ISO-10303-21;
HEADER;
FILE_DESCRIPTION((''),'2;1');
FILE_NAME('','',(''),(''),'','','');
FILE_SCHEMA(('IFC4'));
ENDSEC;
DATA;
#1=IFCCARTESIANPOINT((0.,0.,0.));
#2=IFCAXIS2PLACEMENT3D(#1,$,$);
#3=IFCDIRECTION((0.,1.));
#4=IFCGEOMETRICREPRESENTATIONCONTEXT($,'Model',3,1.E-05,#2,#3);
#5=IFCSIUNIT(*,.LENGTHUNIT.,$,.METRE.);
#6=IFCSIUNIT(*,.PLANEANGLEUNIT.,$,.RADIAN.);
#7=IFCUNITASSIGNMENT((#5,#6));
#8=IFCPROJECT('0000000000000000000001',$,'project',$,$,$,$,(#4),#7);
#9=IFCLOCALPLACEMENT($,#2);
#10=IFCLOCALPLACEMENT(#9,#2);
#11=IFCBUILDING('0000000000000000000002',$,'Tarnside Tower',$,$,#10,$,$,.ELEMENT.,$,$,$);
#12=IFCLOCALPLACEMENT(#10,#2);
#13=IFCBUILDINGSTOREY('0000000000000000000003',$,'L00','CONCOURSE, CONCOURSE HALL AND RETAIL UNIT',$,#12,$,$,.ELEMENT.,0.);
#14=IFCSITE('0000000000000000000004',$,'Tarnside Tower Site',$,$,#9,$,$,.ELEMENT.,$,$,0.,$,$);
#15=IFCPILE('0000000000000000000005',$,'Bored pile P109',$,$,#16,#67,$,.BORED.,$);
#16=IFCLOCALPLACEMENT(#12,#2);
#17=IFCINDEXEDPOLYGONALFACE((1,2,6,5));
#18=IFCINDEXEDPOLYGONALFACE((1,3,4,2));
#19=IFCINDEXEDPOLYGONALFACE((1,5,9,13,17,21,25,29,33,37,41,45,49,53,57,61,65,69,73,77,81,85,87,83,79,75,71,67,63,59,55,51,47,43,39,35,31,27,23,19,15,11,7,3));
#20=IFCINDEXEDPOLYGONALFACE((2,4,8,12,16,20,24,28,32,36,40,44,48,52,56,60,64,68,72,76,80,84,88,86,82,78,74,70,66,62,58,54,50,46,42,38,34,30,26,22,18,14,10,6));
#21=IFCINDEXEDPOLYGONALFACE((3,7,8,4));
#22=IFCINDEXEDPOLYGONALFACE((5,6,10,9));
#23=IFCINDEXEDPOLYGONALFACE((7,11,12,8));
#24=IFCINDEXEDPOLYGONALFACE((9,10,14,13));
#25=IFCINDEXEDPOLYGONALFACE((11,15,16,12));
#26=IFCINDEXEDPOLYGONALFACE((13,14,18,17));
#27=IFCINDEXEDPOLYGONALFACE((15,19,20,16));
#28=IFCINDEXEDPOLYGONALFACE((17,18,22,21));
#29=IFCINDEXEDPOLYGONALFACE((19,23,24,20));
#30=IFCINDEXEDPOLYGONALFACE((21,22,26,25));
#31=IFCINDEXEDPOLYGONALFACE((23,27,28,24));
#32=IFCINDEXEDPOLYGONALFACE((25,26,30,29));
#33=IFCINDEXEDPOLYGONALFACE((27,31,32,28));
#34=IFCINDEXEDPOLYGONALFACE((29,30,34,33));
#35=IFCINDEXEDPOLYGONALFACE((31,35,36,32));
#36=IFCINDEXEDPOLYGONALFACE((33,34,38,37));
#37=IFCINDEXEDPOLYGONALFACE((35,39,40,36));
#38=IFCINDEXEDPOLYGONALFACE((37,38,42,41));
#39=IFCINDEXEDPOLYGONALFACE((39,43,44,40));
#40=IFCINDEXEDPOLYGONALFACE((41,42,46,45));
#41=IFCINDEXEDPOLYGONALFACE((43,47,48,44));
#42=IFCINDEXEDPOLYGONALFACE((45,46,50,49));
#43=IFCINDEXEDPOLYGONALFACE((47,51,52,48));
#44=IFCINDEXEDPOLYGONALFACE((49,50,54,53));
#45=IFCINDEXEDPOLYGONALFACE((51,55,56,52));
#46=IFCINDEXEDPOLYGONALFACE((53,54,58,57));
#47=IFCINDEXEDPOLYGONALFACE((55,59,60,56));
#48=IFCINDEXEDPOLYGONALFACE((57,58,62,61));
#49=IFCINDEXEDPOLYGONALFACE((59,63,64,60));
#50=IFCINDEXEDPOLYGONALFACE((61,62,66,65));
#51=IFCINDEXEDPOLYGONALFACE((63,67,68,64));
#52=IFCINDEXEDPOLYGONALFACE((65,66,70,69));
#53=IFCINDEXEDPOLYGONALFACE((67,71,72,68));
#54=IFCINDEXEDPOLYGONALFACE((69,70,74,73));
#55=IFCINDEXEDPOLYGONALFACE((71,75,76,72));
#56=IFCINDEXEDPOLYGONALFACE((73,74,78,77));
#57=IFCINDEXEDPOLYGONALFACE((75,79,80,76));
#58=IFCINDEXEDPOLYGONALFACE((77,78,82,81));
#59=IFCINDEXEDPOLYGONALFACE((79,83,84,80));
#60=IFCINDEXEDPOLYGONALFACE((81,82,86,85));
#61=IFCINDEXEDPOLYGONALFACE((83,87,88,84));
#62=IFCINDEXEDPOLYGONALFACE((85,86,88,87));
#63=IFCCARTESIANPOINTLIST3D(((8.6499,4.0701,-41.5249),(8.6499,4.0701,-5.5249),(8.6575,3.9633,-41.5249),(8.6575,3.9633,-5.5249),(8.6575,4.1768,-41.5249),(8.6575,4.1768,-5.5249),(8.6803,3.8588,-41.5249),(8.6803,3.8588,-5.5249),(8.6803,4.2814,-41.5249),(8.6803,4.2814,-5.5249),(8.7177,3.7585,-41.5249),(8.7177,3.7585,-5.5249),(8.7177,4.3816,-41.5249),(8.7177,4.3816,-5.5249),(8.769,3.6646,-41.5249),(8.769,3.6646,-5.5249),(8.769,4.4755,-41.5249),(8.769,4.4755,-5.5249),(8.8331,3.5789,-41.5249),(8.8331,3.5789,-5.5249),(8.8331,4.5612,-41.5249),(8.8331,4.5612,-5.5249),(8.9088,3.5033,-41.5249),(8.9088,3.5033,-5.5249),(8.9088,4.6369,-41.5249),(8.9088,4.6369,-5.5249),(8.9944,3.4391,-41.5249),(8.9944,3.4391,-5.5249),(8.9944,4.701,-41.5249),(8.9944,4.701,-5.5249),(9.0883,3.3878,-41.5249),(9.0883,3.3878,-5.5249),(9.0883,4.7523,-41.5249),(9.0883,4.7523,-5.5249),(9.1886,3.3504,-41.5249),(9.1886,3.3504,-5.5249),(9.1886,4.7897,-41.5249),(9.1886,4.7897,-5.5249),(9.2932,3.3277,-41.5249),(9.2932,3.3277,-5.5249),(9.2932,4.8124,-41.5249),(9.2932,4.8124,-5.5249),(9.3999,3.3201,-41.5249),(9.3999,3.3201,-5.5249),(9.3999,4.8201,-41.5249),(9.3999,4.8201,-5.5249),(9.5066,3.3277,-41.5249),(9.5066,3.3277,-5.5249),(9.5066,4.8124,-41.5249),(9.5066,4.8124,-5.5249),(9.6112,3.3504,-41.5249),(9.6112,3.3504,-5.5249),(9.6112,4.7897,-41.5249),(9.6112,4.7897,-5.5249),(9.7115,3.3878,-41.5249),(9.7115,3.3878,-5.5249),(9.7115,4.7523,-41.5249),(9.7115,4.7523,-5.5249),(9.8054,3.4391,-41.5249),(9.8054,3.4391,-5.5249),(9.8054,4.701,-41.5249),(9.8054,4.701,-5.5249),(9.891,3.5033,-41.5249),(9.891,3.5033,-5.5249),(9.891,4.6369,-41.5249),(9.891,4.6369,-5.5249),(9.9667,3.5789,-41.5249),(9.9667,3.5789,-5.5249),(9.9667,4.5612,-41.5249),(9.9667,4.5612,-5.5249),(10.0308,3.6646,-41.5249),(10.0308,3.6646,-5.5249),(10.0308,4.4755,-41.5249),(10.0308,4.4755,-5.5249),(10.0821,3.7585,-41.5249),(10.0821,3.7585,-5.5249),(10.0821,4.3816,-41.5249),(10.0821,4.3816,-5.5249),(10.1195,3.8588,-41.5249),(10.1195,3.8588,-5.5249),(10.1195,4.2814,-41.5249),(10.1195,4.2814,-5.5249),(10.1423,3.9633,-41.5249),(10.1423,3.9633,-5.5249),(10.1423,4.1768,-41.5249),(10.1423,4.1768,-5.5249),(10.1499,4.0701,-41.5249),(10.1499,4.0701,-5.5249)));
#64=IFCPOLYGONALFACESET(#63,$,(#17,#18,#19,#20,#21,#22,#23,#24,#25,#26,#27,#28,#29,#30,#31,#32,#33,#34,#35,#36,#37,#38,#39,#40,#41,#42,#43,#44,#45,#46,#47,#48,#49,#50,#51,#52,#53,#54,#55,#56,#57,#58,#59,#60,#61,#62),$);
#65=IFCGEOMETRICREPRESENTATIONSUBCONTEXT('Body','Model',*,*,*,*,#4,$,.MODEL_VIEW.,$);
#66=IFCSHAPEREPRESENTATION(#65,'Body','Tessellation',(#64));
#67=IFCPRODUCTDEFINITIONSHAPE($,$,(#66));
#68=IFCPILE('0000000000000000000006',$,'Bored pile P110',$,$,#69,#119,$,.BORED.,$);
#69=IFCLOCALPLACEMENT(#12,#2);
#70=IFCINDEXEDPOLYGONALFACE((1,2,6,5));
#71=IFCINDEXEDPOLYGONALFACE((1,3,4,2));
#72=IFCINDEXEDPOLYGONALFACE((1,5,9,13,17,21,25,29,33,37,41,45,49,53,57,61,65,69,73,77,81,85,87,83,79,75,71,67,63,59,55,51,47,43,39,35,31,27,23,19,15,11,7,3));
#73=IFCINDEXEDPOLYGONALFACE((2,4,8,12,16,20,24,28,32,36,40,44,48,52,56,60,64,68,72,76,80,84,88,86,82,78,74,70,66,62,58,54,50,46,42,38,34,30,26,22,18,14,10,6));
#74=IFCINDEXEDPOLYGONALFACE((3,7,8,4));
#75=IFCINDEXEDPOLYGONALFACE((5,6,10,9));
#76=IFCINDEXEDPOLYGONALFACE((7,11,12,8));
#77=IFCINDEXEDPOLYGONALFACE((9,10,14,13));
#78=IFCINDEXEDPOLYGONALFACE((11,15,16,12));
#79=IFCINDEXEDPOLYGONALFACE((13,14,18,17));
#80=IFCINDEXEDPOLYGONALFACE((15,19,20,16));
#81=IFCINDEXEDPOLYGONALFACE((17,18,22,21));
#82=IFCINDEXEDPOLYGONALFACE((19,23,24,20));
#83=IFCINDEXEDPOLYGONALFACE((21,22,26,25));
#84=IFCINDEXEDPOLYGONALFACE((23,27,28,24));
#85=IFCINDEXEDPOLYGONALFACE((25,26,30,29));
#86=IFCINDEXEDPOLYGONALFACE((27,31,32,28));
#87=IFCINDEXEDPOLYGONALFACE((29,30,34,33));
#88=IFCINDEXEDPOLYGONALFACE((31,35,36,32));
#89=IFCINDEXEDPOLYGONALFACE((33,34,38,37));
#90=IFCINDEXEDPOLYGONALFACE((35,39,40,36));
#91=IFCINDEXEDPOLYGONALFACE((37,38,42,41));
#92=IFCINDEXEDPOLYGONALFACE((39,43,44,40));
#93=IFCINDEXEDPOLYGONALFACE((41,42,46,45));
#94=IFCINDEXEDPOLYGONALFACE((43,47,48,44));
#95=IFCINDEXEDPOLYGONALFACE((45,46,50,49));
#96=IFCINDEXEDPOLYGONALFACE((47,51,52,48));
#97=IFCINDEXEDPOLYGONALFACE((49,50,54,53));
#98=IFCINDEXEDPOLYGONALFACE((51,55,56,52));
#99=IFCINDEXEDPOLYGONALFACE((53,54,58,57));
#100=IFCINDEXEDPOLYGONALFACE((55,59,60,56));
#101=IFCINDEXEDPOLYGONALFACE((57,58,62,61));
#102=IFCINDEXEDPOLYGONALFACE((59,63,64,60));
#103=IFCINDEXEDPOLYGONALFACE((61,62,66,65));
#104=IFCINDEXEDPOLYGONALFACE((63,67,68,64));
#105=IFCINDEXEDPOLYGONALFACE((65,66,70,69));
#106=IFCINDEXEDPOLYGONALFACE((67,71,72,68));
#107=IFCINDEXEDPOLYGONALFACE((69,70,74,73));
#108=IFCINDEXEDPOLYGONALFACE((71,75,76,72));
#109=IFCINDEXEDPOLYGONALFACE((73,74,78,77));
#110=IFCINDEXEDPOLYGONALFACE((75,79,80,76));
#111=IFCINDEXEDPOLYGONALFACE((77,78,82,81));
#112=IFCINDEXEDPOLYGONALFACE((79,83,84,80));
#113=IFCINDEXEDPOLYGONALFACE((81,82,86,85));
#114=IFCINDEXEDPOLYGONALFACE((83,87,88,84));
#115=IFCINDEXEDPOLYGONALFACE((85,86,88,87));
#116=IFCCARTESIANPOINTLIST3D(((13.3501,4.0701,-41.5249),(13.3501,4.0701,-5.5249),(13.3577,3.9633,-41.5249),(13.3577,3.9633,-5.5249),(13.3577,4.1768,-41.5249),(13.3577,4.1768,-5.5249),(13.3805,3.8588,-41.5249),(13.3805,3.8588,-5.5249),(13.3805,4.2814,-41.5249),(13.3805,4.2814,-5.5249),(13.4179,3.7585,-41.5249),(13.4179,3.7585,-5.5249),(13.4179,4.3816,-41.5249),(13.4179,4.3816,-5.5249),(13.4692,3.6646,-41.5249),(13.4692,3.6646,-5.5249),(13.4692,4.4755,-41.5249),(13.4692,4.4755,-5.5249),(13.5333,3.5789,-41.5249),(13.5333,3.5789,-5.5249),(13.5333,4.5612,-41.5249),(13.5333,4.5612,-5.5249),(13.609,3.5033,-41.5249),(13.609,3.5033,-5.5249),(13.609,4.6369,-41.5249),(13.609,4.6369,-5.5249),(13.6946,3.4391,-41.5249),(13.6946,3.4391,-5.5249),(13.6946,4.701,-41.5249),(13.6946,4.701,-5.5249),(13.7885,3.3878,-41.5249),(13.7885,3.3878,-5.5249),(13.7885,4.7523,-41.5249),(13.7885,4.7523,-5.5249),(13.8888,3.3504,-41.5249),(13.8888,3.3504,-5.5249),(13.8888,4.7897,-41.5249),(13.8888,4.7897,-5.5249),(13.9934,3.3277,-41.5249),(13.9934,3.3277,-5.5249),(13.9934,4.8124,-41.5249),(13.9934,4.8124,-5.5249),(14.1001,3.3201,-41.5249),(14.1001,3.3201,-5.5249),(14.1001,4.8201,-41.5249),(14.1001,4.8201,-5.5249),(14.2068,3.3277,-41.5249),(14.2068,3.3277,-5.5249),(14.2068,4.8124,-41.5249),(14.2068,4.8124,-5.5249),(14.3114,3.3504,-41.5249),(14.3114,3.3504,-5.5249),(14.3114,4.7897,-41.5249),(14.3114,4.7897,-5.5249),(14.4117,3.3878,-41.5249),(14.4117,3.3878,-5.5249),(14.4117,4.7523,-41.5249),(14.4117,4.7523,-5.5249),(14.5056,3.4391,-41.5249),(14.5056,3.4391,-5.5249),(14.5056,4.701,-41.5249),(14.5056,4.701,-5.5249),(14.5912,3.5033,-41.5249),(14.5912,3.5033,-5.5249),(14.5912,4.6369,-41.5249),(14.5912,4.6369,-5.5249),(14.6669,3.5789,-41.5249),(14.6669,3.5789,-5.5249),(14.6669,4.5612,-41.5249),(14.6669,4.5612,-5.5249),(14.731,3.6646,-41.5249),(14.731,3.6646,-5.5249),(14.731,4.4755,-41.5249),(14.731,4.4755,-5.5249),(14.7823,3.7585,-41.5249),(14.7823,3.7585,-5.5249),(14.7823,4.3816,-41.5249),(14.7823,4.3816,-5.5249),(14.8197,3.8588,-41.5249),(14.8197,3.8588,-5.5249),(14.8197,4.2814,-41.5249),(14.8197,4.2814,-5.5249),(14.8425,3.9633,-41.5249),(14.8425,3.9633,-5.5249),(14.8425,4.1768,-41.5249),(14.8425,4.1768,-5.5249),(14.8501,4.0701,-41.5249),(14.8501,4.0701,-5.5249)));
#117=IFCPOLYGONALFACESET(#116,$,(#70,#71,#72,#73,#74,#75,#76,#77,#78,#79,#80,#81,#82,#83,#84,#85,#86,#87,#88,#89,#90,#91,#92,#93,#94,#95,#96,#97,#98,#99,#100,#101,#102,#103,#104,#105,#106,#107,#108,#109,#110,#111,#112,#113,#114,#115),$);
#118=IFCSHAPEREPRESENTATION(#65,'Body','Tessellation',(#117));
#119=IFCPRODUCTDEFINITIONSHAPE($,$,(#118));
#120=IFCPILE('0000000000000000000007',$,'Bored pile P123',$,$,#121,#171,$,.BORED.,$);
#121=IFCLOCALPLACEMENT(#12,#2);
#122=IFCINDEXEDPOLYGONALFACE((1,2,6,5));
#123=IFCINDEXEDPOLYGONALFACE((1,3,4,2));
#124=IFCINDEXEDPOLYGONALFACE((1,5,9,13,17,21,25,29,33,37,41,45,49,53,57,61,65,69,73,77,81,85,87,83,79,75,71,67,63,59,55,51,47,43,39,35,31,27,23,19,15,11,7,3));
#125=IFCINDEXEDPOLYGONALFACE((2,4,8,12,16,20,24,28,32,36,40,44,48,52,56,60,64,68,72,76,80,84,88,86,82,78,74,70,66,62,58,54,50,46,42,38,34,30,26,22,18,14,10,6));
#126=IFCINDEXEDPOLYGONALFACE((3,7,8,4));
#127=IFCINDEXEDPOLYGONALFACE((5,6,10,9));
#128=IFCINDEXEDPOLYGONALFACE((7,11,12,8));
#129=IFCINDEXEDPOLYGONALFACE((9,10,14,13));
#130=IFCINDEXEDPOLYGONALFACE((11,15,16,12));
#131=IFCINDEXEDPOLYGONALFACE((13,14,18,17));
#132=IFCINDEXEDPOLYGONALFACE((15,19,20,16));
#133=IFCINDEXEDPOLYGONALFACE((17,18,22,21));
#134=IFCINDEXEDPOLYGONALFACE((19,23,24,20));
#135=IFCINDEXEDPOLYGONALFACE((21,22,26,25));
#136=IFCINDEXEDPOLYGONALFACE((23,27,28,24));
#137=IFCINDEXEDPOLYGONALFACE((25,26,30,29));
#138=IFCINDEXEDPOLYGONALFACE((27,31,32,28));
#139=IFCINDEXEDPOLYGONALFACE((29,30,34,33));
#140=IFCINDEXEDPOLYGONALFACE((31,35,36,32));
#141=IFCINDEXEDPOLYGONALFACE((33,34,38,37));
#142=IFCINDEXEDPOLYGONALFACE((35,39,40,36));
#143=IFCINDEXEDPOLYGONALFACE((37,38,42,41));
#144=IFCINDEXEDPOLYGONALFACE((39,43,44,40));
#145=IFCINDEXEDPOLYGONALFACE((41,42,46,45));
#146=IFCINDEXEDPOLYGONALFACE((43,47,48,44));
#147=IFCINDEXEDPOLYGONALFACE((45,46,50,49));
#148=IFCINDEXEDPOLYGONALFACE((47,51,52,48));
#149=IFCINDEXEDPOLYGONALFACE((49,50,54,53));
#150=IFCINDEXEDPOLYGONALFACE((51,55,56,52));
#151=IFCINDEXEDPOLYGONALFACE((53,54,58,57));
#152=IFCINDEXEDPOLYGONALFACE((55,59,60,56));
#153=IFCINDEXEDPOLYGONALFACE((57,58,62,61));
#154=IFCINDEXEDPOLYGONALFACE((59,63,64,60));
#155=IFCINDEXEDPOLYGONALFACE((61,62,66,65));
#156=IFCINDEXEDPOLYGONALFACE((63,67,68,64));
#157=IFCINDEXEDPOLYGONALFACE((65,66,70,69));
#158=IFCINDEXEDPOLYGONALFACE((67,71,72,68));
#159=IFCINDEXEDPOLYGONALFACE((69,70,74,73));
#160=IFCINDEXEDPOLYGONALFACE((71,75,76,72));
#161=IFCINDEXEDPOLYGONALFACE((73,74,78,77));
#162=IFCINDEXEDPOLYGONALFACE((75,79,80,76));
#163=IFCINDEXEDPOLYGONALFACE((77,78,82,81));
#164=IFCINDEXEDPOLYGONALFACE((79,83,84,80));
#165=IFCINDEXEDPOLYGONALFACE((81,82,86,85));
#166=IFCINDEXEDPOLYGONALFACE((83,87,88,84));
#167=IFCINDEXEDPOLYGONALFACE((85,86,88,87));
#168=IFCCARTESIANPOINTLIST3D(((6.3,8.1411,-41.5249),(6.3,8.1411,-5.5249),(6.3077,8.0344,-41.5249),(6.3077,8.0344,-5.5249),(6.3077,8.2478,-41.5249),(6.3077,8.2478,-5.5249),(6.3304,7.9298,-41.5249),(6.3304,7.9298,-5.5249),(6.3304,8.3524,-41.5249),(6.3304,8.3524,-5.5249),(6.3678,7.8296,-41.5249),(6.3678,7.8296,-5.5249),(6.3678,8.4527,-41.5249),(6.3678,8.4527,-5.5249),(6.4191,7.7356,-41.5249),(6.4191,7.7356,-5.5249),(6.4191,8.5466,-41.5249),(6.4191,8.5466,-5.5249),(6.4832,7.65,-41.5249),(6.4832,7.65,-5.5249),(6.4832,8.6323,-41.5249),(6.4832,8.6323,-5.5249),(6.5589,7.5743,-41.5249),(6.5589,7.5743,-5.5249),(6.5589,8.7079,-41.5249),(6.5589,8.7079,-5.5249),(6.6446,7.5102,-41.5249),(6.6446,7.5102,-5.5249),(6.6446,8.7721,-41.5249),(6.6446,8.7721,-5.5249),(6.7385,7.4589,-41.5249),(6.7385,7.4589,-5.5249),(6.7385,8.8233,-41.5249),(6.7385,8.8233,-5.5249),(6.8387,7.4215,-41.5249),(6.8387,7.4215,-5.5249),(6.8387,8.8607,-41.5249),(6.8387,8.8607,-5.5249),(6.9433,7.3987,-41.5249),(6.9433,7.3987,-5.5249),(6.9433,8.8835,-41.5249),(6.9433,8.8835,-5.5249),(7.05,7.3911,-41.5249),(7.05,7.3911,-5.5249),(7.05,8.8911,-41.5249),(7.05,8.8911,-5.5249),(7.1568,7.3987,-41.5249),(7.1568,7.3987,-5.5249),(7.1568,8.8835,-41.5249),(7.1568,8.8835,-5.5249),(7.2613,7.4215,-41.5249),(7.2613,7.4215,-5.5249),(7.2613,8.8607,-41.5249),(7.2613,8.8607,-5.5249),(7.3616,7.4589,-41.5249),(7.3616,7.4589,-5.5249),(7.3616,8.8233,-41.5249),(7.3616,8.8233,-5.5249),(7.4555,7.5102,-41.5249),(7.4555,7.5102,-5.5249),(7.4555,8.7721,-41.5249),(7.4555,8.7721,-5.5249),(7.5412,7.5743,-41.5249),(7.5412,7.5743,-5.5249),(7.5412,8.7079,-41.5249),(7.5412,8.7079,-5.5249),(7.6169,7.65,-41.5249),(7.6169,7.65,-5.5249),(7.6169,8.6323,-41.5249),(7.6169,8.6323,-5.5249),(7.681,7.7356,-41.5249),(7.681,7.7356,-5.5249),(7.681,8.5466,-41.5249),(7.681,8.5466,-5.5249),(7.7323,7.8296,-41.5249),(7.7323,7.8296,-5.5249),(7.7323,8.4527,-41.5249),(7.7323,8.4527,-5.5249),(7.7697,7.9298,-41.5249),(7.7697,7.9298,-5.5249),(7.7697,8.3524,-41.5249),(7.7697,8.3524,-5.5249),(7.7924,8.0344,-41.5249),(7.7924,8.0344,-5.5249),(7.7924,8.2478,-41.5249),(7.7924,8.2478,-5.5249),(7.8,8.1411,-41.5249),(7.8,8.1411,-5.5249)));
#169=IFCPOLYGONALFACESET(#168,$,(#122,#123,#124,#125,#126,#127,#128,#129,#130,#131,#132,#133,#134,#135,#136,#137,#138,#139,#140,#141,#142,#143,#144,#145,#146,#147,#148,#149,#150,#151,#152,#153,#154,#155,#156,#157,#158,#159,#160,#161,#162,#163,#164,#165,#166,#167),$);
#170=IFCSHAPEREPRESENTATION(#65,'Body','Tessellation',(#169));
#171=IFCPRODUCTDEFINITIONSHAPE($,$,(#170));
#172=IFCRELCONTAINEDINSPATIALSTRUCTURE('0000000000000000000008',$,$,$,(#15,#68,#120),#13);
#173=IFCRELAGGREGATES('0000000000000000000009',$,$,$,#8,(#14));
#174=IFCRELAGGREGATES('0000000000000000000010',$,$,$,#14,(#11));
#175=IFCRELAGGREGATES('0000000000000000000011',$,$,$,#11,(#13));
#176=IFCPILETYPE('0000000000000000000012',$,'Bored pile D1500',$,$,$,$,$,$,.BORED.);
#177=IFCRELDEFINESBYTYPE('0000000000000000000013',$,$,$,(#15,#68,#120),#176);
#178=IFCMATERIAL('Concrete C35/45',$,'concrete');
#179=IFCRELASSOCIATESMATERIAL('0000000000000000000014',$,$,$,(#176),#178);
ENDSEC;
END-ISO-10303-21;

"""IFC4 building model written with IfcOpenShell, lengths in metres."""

from ifc_helpers import new_model, si_unit, direction, frame, origin, origin_2d, place, context, subcontext, project, spatial, circle, extrude, material, material_profile, profile_set, type_object, element, save


model = new_model("IFC4")

# Units and contexts
model_context = context("Model", 3, precision=1e-05, world=origin(), true_north=direction((0.0, 1.0)))
body_context = subcontext(model_context, "Body", "Model", "MODEL_VIEW")
ifc_project = project(units=[si_unit("LENGTHUNIT", "METRE"), si_unit("PLANEANGLEUNIT", "RADIAN")], contexts=[model_context])

# Site, building, storey
site_placement = place(None, origin())
site = spatial("IfcSite", under=ifc_project, at=site_placement, Name="Tarnside Tower Site", CompositionType="ELEMENT", RefElevation=0.0)
building_placement = place(site_placement, origin())
building = spatial("IfcBuilding", under=site, at=building_placement, Name="Tarnside Tower", CompositionType="ELEMENT")
storey_placement = place(building_placement, origin())
storey = spatial("IfcBuildingStorey", under=building, at=storey_placement, Name="L00", Description="CONCOURSE, CONCOURSE HALL AND RETAIL UNIT", CompositionType="ELEMENT", Elevation=0.0)

# Piles
ifc_material_1 = material(Name="Concrete C35/45", Category="concrete")
ifc_material_profile_1 = material_profile(ifc_material_1, circle(Radius=0.75, at=origin_2d()), Name="Bored pile D1500")
ifc_profile_set_1 = profile_set([ifc_material_profile_1], Name="Concrete C35/45")
pile_type = type_object("IfcPileType", Name="Bored pile D1500", PredefinedType="BORED", material=ifc_profile_set_1)
for number, where, z_axis, x_axis, name in (
    (1, (9.3999, 4.0701, -5.5249), (0.0, 0.0, -1.0), (1.0, 0.0, 0.0), "Bored pile P109"),
    (2, (14.1001, 4.0701, -5.5249), (0.0, 0.0, -1.0), (1.0, 0.0, 0.0), "Bored pile P110"),
    (3, (7.05, 8.1411, -5.5249), (0.0, 0.0, -1.0), (1.0, 0.0, 0.0), "Bored pile P123"),
):
    element("IfcPile", number, at=place(storey_placement, frame(where, z_axis=z_axis, x_axis=x_axis)), inside=storey, type_object=pile_type, Name=name, PredefinedType="BORED", context=body_context, shape_type="SweptSolid", body=[
        extrude(circle(Radius=0.75, at=origin_2d()), origin(), (0.0, 0.0, 1.0), 36.0),
    ])

save(model, "model.ifc")
